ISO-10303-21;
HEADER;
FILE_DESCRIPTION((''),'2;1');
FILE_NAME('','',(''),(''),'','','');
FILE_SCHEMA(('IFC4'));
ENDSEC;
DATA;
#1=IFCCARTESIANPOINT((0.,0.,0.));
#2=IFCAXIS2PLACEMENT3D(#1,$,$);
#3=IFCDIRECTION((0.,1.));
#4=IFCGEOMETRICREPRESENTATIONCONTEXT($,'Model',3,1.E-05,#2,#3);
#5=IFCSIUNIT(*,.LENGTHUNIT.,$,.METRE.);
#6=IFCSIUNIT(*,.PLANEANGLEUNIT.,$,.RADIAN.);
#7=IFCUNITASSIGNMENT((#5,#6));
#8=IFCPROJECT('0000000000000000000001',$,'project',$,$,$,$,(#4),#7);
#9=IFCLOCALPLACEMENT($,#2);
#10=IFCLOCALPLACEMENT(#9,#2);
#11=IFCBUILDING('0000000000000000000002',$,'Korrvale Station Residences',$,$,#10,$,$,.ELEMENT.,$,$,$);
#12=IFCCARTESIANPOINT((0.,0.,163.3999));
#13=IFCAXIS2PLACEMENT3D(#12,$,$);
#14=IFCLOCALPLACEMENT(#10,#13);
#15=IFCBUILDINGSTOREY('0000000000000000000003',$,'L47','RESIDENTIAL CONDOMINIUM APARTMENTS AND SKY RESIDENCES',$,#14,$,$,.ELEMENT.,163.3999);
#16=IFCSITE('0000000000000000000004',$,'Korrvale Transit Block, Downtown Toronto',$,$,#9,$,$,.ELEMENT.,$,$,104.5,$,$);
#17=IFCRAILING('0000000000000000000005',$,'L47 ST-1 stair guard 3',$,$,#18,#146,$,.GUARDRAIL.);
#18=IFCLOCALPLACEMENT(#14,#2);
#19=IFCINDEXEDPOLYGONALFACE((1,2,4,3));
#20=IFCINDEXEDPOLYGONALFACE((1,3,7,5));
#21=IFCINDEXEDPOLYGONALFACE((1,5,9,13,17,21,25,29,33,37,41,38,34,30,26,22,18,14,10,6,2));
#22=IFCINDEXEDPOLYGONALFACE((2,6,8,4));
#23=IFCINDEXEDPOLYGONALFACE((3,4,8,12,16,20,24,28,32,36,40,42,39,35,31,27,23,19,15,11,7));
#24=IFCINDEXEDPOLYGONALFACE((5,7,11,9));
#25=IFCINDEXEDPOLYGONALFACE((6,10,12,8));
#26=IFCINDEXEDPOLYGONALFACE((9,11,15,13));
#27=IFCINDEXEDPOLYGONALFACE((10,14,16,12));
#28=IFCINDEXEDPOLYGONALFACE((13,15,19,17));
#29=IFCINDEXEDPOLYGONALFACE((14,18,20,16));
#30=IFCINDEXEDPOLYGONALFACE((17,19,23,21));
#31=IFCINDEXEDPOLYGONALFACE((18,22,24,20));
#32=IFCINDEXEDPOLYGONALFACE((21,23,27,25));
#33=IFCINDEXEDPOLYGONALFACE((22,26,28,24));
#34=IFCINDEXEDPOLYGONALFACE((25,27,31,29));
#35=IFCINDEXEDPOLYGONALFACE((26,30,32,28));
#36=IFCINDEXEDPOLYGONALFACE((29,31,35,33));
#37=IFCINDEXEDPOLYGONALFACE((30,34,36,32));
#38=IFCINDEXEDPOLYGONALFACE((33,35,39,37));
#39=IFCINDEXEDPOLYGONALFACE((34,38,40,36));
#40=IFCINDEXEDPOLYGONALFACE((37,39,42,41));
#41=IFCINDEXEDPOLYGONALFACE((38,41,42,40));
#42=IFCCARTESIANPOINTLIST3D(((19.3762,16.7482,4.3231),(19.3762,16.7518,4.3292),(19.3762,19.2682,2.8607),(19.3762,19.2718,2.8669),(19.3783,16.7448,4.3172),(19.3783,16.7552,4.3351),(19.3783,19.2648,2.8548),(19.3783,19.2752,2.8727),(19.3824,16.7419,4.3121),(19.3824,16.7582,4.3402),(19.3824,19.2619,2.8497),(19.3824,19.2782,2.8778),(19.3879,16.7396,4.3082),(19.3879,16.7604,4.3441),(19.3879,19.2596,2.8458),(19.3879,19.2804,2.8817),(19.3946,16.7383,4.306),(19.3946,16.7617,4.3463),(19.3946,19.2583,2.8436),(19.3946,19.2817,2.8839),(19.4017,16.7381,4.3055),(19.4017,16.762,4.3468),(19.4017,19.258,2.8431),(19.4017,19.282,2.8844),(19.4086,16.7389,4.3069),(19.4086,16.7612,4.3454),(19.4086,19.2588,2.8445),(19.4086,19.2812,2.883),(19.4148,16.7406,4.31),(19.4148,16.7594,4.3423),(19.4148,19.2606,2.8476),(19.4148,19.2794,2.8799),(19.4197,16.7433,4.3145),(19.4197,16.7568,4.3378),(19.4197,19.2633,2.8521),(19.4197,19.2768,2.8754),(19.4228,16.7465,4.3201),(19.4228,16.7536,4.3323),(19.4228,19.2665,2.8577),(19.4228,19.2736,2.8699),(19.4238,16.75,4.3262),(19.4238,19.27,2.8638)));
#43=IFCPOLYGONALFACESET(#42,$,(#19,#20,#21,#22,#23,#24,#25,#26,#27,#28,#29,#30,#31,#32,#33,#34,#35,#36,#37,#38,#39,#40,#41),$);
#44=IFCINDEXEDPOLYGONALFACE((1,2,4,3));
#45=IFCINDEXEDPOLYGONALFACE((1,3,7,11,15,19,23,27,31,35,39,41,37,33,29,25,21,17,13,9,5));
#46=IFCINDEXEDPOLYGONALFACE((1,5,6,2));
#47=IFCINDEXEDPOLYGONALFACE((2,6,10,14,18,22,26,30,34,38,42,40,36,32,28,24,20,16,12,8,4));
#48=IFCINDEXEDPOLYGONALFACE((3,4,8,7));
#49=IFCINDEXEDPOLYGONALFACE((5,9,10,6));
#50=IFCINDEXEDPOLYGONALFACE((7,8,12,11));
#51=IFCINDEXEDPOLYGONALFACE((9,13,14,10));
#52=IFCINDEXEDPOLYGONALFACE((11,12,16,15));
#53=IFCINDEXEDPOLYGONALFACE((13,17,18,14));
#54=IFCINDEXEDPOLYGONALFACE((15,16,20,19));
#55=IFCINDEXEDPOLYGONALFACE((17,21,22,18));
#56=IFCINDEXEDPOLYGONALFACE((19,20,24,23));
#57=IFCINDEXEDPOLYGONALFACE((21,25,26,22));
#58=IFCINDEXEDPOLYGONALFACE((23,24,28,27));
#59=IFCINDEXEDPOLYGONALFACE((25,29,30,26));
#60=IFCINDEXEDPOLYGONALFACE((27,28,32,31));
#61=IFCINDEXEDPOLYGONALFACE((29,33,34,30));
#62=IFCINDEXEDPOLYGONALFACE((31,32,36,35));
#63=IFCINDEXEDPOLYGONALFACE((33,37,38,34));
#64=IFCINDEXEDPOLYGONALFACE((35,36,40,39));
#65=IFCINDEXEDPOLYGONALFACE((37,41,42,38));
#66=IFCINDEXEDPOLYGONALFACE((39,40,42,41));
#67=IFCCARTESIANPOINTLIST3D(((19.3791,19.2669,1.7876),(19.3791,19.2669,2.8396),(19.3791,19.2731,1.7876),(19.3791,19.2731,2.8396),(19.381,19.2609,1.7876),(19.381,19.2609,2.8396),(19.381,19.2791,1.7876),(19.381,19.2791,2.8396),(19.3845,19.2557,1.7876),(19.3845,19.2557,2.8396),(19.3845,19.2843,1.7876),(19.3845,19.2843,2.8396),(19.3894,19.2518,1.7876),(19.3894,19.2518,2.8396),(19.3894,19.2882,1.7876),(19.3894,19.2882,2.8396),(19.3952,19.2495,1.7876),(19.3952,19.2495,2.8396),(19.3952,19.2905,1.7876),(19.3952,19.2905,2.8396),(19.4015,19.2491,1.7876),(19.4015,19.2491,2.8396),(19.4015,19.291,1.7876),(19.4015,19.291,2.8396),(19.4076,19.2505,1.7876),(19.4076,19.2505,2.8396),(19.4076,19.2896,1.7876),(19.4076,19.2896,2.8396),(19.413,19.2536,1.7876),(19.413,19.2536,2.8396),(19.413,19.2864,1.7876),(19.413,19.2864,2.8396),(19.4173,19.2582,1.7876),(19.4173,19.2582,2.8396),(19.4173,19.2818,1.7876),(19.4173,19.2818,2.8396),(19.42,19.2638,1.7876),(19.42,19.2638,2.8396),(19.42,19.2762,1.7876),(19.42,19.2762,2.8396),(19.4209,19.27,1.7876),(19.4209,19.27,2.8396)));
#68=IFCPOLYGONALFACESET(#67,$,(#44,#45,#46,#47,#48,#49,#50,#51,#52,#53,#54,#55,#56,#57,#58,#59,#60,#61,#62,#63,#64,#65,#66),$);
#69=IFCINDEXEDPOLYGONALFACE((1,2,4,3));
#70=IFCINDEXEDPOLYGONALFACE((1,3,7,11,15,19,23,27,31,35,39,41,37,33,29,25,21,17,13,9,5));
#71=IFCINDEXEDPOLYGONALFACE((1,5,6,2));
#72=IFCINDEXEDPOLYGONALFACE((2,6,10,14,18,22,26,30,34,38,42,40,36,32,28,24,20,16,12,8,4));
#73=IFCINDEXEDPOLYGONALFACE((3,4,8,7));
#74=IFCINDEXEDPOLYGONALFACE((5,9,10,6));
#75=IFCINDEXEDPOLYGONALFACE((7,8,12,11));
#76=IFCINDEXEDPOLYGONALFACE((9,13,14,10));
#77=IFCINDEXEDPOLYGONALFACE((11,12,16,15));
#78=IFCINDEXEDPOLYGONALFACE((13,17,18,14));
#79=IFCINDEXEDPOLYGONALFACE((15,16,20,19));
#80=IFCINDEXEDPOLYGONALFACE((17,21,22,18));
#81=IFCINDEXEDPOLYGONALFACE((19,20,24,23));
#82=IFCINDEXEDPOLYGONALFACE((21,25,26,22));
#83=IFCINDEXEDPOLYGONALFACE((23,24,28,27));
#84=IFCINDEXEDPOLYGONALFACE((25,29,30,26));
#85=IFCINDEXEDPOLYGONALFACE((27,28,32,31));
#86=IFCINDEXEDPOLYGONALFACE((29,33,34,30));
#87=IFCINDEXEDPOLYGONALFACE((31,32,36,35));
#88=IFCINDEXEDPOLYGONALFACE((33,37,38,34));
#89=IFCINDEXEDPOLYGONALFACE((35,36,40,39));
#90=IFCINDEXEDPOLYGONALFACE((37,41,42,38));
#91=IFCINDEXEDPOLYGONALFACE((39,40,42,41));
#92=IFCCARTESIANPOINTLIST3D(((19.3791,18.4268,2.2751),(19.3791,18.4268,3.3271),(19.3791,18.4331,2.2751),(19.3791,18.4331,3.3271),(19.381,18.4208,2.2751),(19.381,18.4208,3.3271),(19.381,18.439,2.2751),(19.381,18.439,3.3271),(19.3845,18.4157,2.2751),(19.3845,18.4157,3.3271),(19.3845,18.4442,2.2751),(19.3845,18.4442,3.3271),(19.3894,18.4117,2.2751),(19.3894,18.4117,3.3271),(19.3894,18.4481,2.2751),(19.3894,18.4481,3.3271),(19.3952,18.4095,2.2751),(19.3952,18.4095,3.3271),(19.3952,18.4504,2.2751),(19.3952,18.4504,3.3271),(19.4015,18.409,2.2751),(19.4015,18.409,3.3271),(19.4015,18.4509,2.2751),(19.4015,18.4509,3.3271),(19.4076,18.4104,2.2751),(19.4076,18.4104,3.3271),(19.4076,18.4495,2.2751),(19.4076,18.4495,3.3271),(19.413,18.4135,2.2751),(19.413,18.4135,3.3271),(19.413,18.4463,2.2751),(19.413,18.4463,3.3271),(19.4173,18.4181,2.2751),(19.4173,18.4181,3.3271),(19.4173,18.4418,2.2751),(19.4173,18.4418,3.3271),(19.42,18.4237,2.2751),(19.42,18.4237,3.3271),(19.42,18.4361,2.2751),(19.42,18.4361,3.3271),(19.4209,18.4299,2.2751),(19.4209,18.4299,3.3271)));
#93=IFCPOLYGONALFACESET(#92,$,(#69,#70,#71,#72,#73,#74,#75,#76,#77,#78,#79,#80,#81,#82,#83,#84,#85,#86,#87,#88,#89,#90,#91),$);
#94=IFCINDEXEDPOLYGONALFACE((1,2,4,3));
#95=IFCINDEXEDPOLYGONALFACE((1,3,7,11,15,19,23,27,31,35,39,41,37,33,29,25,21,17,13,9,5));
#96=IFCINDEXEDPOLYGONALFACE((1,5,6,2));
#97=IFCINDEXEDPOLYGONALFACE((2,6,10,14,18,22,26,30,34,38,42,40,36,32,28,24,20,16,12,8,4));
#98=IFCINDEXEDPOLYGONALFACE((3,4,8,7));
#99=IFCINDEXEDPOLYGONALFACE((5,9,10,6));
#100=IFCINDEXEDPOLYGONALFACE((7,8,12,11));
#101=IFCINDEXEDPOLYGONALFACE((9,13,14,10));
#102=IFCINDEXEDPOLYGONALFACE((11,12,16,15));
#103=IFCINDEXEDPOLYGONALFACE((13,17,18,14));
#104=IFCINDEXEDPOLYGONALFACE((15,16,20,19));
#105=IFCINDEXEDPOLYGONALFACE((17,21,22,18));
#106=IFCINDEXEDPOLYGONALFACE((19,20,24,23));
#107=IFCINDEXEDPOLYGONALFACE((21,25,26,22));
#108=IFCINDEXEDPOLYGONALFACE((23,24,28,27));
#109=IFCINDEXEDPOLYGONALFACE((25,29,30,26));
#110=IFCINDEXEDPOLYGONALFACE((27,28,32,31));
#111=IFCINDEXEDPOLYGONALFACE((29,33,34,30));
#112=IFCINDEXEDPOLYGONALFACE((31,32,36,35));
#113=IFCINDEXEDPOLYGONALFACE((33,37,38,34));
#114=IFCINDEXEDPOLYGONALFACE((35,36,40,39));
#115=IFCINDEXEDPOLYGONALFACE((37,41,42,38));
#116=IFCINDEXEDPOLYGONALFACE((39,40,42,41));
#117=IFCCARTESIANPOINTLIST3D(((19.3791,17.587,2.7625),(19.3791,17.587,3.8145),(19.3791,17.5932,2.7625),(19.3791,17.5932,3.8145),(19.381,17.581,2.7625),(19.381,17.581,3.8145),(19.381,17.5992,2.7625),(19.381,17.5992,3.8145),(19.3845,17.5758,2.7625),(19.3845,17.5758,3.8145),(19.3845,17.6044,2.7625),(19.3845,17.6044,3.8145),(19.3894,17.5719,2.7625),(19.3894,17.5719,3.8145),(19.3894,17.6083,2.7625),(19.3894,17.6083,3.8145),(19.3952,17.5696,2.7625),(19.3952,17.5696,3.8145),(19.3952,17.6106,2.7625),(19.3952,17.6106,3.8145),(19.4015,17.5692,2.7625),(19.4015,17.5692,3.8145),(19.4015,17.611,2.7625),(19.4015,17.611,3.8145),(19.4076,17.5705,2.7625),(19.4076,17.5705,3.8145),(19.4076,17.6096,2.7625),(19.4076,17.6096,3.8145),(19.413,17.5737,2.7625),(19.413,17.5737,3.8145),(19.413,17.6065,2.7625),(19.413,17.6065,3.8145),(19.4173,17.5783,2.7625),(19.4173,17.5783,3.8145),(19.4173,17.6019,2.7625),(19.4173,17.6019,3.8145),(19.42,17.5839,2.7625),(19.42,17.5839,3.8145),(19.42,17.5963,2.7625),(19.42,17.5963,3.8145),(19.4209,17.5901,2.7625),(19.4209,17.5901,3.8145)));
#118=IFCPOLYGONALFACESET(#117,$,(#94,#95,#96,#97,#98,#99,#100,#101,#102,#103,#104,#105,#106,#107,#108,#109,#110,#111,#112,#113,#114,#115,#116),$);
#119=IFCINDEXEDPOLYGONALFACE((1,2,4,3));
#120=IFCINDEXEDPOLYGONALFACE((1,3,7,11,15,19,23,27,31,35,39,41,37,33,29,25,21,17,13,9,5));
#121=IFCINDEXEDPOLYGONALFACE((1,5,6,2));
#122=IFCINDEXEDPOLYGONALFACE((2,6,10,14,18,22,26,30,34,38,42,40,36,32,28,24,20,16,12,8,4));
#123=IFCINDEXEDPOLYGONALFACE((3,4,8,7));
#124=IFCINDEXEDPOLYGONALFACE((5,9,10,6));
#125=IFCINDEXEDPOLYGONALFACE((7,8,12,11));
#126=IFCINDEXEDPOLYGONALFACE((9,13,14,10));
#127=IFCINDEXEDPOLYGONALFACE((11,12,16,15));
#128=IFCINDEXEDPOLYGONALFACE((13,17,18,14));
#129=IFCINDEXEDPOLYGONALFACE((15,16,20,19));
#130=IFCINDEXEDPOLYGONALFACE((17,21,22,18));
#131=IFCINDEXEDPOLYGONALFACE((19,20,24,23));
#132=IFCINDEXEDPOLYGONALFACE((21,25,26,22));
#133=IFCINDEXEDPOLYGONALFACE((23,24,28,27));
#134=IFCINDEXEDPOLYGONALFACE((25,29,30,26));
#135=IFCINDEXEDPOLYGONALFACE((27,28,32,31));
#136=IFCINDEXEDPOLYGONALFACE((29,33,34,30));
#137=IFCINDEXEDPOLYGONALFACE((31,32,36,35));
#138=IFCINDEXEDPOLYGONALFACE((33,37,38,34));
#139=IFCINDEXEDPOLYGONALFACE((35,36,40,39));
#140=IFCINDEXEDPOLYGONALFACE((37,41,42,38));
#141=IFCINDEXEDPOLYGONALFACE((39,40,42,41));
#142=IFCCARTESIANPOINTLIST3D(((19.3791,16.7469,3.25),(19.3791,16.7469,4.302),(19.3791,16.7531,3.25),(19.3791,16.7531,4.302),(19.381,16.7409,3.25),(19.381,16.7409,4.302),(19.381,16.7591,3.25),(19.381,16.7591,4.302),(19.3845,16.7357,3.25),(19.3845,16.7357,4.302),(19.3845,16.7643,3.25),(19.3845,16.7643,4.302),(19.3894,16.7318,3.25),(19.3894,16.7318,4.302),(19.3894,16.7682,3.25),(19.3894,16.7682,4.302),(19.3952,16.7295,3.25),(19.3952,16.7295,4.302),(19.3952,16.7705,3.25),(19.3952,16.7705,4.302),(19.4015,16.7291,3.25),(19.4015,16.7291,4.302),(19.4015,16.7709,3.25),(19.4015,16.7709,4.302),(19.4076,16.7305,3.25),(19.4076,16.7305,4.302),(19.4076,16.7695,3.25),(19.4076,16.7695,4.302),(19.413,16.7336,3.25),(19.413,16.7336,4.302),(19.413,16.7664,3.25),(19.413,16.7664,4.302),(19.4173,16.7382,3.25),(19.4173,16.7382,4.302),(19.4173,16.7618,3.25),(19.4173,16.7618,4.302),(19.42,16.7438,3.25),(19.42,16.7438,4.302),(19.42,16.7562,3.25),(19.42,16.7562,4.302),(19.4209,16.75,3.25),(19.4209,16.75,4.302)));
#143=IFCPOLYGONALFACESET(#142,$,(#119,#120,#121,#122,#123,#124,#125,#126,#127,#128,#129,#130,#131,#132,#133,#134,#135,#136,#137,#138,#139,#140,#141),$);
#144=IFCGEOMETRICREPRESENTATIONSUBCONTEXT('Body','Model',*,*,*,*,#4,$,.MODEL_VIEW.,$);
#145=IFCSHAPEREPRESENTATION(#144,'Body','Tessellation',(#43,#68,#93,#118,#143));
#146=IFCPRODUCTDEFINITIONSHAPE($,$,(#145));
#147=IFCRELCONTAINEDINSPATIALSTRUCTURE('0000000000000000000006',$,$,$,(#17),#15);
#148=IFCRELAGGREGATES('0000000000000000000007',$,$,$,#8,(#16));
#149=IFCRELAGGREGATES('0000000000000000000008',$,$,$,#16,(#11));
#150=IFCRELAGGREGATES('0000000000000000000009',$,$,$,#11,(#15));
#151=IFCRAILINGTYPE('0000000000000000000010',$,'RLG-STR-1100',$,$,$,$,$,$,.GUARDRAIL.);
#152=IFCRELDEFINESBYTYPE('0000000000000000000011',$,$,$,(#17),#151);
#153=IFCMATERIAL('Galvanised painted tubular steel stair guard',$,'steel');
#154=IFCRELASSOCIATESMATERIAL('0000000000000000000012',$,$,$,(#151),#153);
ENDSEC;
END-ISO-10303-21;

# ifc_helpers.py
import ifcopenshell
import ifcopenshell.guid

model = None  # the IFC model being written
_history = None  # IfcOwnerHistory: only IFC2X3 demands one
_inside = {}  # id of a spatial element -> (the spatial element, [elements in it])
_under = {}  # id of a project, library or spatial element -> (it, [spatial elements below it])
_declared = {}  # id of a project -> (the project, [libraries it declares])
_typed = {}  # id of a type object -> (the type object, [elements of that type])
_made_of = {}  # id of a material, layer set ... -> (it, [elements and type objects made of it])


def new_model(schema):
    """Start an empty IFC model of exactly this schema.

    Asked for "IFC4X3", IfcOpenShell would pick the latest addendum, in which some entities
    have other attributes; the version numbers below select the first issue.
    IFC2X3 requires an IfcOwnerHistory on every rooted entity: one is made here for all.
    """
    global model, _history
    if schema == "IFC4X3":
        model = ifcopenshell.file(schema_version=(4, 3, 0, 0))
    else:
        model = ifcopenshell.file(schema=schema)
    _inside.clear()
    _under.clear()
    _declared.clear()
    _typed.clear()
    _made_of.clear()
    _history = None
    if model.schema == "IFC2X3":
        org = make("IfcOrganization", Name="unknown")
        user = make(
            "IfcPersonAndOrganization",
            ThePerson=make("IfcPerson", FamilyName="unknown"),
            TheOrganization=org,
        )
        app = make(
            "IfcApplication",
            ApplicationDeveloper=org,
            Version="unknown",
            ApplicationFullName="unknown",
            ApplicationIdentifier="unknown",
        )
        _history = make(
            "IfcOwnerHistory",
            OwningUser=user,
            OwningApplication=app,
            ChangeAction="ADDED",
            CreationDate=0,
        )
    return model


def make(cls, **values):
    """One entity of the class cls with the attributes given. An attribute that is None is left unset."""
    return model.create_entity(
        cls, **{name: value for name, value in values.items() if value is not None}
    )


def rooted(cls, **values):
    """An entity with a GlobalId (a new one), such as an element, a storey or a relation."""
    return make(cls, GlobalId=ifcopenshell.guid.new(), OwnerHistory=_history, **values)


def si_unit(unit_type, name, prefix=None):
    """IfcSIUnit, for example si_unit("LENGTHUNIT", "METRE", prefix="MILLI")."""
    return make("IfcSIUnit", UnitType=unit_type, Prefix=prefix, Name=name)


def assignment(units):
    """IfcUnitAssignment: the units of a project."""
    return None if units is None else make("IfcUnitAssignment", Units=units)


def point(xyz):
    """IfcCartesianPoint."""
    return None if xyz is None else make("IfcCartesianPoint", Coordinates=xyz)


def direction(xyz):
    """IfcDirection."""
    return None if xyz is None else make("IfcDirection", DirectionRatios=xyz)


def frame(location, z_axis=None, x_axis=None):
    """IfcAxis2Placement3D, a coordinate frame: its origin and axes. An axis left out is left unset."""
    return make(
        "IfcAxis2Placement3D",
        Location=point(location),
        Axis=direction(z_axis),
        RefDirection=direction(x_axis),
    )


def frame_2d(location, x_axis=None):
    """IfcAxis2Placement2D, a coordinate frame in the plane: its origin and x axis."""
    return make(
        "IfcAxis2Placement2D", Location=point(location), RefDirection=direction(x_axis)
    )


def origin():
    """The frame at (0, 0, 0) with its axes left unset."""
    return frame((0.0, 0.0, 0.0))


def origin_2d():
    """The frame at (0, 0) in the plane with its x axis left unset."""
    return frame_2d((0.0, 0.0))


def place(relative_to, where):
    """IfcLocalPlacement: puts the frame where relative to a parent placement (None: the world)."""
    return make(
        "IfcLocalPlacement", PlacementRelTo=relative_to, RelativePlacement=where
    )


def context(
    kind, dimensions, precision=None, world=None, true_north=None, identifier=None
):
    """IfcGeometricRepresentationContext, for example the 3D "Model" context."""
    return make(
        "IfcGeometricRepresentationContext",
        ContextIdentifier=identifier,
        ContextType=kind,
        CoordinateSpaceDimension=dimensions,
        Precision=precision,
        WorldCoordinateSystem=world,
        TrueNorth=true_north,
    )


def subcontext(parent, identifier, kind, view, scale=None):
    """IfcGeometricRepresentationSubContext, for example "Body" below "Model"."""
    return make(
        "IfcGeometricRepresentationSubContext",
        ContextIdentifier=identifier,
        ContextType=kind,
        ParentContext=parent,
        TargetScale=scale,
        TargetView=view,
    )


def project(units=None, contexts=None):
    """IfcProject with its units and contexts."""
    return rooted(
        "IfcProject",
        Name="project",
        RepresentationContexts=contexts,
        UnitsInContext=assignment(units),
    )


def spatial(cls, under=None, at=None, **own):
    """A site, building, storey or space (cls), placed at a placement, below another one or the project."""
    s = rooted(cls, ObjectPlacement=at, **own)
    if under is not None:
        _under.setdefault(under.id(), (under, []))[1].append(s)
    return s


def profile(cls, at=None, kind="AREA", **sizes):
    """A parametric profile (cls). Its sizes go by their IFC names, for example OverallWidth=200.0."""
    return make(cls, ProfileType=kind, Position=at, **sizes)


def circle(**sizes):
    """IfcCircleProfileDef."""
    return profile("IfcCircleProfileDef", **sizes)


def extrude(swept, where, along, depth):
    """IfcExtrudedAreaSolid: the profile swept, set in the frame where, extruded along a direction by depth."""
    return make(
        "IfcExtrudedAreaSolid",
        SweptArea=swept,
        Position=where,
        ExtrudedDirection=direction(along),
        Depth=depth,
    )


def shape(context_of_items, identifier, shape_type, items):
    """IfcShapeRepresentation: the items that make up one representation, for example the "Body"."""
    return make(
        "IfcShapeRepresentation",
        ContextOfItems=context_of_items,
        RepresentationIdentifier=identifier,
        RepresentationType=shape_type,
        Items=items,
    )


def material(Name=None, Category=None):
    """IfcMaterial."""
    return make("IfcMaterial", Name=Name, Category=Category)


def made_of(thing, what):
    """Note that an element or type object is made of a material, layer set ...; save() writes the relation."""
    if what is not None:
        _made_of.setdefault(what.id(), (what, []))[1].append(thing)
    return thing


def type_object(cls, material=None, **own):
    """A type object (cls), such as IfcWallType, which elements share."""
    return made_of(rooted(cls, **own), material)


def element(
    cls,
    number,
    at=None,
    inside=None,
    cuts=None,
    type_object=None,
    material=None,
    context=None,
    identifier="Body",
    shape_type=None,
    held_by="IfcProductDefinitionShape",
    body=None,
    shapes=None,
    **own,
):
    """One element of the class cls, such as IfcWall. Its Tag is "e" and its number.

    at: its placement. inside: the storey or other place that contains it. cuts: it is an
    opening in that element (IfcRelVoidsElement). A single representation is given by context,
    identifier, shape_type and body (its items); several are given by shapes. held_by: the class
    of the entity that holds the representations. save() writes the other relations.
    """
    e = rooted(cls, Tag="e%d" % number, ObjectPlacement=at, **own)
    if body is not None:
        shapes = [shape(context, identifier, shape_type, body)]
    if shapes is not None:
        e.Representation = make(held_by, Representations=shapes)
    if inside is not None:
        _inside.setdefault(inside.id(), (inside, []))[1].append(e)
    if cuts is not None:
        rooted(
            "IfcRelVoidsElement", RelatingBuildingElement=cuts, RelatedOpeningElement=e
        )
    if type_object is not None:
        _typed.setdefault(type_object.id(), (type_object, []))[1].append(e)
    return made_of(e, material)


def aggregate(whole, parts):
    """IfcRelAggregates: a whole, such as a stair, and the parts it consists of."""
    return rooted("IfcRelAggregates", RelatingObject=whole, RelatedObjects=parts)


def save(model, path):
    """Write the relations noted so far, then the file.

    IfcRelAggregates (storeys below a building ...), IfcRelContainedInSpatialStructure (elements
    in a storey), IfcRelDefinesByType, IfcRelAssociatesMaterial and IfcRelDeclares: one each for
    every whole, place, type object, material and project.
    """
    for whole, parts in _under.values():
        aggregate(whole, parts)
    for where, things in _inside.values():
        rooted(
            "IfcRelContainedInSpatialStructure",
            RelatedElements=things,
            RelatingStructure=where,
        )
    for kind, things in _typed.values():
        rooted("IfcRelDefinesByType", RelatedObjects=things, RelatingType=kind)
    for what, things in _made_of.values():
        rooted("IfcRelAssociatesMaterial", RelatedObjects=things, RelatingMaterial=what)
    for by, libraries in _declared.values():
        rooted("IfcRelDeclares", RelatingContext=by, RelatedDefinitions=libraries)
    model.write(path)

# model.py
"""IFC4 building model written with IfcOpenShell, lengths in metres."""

from ifc_helpers import new_model, si_unit, direction, frame, origin, origin_2d, place, context, subcontext, project, spatial, circle, extrude, material, type_object, element, save


model = new_model("IFC4")

# Units and contexts
model_context = context("Model", 3, precision=1e-05, world=origin(), true_north=direction((0.0, 1.0)))
body_context = subcontext(model_context, "Body", "Model", "MODEL_VIEW")
ifc_project = project(units=[si_unit("LENGTHUNIT", "METRE"), si_unit("PLANEANGLEUNIT", "RADIAN")], contexts=[model_context])

# Site, building, storey
site_placement = place(None, origin())
site = spatial("IfcSite", under=ifc_project, at=site_placement, Name="Korrvale Transit Block, Downtown Toronto", CompositionType="ELEMENT", RefElevation=104.5)
building_placement = place(site_placement, origin())
building = spatial("IfcBuilding", under=site, at=building_placement, Name="Korrvale Station Residences", CompositionType="ELEMENT")
storey_placement = place(building_placement, frame((0.0, 0.0, 163.3999)))
storey = spatial("IfcBuildingStorey", under=building, at=storey_placement, Name="L47", Description="RESIDENTIAL CONDOMINIUM APARTMENTS AND SKY RESIDENCES", CompositionType="ELEMENT", Elevation=163.3999)

# Railing
ifc_material_1 = material(Name="Galvanised painted tubular steel stair guard", Category="steel")
railing_type_1 = type_object("IfcRailingType", Name="RLG-STR-1100", PredefinedType="GUARDRAIL", material=ifc_material_1)
railing_1_placement = place(storey_placement, frame((19.3999, 19.27, 1.7876)))
element("IfcRailing", 1, at=railing_1_placement, inside=storey, type_object=railing_type_1, Name="L47 ST-1 stair guard 3", PredefinedType="GUARDRAIL", context=body_context, shape_type="SweptSolid", body=[
    extrude(circle(Radius=0.0239, at=origin_2d()), frame((0.0, 0.0, 1.0762), z_axis=(0.0, -0.864913, 0.501921), x_axis=(1.0, 0.0, 0.0)), (0.0, 0.0, 1.0), 2.9136),
    extrude(circle(Radius=0.021, at=origin_2d()), origin(), (0.0, 0.0, 1.0), 1.052),
    extrude(circle(Radius=0.021, at=origin_2d()), frame((0.0, -0.8401, 0.4875)), (0.0, 0.0, 1.0), 1.052),
    extrude(circle(Radius=0.021, at=origin_2d()), frame((0.0, -1.6799, 0.9749)), (0.0, 0.0, 1.0), 1.052),
    extrude(circle(Radius=0.021, at=origin_2d()), frame((0.0, -2.52, 1.4624)), (0.0, 0.0, 1.0), 1.052),
])

save(model, "model.ifc")
